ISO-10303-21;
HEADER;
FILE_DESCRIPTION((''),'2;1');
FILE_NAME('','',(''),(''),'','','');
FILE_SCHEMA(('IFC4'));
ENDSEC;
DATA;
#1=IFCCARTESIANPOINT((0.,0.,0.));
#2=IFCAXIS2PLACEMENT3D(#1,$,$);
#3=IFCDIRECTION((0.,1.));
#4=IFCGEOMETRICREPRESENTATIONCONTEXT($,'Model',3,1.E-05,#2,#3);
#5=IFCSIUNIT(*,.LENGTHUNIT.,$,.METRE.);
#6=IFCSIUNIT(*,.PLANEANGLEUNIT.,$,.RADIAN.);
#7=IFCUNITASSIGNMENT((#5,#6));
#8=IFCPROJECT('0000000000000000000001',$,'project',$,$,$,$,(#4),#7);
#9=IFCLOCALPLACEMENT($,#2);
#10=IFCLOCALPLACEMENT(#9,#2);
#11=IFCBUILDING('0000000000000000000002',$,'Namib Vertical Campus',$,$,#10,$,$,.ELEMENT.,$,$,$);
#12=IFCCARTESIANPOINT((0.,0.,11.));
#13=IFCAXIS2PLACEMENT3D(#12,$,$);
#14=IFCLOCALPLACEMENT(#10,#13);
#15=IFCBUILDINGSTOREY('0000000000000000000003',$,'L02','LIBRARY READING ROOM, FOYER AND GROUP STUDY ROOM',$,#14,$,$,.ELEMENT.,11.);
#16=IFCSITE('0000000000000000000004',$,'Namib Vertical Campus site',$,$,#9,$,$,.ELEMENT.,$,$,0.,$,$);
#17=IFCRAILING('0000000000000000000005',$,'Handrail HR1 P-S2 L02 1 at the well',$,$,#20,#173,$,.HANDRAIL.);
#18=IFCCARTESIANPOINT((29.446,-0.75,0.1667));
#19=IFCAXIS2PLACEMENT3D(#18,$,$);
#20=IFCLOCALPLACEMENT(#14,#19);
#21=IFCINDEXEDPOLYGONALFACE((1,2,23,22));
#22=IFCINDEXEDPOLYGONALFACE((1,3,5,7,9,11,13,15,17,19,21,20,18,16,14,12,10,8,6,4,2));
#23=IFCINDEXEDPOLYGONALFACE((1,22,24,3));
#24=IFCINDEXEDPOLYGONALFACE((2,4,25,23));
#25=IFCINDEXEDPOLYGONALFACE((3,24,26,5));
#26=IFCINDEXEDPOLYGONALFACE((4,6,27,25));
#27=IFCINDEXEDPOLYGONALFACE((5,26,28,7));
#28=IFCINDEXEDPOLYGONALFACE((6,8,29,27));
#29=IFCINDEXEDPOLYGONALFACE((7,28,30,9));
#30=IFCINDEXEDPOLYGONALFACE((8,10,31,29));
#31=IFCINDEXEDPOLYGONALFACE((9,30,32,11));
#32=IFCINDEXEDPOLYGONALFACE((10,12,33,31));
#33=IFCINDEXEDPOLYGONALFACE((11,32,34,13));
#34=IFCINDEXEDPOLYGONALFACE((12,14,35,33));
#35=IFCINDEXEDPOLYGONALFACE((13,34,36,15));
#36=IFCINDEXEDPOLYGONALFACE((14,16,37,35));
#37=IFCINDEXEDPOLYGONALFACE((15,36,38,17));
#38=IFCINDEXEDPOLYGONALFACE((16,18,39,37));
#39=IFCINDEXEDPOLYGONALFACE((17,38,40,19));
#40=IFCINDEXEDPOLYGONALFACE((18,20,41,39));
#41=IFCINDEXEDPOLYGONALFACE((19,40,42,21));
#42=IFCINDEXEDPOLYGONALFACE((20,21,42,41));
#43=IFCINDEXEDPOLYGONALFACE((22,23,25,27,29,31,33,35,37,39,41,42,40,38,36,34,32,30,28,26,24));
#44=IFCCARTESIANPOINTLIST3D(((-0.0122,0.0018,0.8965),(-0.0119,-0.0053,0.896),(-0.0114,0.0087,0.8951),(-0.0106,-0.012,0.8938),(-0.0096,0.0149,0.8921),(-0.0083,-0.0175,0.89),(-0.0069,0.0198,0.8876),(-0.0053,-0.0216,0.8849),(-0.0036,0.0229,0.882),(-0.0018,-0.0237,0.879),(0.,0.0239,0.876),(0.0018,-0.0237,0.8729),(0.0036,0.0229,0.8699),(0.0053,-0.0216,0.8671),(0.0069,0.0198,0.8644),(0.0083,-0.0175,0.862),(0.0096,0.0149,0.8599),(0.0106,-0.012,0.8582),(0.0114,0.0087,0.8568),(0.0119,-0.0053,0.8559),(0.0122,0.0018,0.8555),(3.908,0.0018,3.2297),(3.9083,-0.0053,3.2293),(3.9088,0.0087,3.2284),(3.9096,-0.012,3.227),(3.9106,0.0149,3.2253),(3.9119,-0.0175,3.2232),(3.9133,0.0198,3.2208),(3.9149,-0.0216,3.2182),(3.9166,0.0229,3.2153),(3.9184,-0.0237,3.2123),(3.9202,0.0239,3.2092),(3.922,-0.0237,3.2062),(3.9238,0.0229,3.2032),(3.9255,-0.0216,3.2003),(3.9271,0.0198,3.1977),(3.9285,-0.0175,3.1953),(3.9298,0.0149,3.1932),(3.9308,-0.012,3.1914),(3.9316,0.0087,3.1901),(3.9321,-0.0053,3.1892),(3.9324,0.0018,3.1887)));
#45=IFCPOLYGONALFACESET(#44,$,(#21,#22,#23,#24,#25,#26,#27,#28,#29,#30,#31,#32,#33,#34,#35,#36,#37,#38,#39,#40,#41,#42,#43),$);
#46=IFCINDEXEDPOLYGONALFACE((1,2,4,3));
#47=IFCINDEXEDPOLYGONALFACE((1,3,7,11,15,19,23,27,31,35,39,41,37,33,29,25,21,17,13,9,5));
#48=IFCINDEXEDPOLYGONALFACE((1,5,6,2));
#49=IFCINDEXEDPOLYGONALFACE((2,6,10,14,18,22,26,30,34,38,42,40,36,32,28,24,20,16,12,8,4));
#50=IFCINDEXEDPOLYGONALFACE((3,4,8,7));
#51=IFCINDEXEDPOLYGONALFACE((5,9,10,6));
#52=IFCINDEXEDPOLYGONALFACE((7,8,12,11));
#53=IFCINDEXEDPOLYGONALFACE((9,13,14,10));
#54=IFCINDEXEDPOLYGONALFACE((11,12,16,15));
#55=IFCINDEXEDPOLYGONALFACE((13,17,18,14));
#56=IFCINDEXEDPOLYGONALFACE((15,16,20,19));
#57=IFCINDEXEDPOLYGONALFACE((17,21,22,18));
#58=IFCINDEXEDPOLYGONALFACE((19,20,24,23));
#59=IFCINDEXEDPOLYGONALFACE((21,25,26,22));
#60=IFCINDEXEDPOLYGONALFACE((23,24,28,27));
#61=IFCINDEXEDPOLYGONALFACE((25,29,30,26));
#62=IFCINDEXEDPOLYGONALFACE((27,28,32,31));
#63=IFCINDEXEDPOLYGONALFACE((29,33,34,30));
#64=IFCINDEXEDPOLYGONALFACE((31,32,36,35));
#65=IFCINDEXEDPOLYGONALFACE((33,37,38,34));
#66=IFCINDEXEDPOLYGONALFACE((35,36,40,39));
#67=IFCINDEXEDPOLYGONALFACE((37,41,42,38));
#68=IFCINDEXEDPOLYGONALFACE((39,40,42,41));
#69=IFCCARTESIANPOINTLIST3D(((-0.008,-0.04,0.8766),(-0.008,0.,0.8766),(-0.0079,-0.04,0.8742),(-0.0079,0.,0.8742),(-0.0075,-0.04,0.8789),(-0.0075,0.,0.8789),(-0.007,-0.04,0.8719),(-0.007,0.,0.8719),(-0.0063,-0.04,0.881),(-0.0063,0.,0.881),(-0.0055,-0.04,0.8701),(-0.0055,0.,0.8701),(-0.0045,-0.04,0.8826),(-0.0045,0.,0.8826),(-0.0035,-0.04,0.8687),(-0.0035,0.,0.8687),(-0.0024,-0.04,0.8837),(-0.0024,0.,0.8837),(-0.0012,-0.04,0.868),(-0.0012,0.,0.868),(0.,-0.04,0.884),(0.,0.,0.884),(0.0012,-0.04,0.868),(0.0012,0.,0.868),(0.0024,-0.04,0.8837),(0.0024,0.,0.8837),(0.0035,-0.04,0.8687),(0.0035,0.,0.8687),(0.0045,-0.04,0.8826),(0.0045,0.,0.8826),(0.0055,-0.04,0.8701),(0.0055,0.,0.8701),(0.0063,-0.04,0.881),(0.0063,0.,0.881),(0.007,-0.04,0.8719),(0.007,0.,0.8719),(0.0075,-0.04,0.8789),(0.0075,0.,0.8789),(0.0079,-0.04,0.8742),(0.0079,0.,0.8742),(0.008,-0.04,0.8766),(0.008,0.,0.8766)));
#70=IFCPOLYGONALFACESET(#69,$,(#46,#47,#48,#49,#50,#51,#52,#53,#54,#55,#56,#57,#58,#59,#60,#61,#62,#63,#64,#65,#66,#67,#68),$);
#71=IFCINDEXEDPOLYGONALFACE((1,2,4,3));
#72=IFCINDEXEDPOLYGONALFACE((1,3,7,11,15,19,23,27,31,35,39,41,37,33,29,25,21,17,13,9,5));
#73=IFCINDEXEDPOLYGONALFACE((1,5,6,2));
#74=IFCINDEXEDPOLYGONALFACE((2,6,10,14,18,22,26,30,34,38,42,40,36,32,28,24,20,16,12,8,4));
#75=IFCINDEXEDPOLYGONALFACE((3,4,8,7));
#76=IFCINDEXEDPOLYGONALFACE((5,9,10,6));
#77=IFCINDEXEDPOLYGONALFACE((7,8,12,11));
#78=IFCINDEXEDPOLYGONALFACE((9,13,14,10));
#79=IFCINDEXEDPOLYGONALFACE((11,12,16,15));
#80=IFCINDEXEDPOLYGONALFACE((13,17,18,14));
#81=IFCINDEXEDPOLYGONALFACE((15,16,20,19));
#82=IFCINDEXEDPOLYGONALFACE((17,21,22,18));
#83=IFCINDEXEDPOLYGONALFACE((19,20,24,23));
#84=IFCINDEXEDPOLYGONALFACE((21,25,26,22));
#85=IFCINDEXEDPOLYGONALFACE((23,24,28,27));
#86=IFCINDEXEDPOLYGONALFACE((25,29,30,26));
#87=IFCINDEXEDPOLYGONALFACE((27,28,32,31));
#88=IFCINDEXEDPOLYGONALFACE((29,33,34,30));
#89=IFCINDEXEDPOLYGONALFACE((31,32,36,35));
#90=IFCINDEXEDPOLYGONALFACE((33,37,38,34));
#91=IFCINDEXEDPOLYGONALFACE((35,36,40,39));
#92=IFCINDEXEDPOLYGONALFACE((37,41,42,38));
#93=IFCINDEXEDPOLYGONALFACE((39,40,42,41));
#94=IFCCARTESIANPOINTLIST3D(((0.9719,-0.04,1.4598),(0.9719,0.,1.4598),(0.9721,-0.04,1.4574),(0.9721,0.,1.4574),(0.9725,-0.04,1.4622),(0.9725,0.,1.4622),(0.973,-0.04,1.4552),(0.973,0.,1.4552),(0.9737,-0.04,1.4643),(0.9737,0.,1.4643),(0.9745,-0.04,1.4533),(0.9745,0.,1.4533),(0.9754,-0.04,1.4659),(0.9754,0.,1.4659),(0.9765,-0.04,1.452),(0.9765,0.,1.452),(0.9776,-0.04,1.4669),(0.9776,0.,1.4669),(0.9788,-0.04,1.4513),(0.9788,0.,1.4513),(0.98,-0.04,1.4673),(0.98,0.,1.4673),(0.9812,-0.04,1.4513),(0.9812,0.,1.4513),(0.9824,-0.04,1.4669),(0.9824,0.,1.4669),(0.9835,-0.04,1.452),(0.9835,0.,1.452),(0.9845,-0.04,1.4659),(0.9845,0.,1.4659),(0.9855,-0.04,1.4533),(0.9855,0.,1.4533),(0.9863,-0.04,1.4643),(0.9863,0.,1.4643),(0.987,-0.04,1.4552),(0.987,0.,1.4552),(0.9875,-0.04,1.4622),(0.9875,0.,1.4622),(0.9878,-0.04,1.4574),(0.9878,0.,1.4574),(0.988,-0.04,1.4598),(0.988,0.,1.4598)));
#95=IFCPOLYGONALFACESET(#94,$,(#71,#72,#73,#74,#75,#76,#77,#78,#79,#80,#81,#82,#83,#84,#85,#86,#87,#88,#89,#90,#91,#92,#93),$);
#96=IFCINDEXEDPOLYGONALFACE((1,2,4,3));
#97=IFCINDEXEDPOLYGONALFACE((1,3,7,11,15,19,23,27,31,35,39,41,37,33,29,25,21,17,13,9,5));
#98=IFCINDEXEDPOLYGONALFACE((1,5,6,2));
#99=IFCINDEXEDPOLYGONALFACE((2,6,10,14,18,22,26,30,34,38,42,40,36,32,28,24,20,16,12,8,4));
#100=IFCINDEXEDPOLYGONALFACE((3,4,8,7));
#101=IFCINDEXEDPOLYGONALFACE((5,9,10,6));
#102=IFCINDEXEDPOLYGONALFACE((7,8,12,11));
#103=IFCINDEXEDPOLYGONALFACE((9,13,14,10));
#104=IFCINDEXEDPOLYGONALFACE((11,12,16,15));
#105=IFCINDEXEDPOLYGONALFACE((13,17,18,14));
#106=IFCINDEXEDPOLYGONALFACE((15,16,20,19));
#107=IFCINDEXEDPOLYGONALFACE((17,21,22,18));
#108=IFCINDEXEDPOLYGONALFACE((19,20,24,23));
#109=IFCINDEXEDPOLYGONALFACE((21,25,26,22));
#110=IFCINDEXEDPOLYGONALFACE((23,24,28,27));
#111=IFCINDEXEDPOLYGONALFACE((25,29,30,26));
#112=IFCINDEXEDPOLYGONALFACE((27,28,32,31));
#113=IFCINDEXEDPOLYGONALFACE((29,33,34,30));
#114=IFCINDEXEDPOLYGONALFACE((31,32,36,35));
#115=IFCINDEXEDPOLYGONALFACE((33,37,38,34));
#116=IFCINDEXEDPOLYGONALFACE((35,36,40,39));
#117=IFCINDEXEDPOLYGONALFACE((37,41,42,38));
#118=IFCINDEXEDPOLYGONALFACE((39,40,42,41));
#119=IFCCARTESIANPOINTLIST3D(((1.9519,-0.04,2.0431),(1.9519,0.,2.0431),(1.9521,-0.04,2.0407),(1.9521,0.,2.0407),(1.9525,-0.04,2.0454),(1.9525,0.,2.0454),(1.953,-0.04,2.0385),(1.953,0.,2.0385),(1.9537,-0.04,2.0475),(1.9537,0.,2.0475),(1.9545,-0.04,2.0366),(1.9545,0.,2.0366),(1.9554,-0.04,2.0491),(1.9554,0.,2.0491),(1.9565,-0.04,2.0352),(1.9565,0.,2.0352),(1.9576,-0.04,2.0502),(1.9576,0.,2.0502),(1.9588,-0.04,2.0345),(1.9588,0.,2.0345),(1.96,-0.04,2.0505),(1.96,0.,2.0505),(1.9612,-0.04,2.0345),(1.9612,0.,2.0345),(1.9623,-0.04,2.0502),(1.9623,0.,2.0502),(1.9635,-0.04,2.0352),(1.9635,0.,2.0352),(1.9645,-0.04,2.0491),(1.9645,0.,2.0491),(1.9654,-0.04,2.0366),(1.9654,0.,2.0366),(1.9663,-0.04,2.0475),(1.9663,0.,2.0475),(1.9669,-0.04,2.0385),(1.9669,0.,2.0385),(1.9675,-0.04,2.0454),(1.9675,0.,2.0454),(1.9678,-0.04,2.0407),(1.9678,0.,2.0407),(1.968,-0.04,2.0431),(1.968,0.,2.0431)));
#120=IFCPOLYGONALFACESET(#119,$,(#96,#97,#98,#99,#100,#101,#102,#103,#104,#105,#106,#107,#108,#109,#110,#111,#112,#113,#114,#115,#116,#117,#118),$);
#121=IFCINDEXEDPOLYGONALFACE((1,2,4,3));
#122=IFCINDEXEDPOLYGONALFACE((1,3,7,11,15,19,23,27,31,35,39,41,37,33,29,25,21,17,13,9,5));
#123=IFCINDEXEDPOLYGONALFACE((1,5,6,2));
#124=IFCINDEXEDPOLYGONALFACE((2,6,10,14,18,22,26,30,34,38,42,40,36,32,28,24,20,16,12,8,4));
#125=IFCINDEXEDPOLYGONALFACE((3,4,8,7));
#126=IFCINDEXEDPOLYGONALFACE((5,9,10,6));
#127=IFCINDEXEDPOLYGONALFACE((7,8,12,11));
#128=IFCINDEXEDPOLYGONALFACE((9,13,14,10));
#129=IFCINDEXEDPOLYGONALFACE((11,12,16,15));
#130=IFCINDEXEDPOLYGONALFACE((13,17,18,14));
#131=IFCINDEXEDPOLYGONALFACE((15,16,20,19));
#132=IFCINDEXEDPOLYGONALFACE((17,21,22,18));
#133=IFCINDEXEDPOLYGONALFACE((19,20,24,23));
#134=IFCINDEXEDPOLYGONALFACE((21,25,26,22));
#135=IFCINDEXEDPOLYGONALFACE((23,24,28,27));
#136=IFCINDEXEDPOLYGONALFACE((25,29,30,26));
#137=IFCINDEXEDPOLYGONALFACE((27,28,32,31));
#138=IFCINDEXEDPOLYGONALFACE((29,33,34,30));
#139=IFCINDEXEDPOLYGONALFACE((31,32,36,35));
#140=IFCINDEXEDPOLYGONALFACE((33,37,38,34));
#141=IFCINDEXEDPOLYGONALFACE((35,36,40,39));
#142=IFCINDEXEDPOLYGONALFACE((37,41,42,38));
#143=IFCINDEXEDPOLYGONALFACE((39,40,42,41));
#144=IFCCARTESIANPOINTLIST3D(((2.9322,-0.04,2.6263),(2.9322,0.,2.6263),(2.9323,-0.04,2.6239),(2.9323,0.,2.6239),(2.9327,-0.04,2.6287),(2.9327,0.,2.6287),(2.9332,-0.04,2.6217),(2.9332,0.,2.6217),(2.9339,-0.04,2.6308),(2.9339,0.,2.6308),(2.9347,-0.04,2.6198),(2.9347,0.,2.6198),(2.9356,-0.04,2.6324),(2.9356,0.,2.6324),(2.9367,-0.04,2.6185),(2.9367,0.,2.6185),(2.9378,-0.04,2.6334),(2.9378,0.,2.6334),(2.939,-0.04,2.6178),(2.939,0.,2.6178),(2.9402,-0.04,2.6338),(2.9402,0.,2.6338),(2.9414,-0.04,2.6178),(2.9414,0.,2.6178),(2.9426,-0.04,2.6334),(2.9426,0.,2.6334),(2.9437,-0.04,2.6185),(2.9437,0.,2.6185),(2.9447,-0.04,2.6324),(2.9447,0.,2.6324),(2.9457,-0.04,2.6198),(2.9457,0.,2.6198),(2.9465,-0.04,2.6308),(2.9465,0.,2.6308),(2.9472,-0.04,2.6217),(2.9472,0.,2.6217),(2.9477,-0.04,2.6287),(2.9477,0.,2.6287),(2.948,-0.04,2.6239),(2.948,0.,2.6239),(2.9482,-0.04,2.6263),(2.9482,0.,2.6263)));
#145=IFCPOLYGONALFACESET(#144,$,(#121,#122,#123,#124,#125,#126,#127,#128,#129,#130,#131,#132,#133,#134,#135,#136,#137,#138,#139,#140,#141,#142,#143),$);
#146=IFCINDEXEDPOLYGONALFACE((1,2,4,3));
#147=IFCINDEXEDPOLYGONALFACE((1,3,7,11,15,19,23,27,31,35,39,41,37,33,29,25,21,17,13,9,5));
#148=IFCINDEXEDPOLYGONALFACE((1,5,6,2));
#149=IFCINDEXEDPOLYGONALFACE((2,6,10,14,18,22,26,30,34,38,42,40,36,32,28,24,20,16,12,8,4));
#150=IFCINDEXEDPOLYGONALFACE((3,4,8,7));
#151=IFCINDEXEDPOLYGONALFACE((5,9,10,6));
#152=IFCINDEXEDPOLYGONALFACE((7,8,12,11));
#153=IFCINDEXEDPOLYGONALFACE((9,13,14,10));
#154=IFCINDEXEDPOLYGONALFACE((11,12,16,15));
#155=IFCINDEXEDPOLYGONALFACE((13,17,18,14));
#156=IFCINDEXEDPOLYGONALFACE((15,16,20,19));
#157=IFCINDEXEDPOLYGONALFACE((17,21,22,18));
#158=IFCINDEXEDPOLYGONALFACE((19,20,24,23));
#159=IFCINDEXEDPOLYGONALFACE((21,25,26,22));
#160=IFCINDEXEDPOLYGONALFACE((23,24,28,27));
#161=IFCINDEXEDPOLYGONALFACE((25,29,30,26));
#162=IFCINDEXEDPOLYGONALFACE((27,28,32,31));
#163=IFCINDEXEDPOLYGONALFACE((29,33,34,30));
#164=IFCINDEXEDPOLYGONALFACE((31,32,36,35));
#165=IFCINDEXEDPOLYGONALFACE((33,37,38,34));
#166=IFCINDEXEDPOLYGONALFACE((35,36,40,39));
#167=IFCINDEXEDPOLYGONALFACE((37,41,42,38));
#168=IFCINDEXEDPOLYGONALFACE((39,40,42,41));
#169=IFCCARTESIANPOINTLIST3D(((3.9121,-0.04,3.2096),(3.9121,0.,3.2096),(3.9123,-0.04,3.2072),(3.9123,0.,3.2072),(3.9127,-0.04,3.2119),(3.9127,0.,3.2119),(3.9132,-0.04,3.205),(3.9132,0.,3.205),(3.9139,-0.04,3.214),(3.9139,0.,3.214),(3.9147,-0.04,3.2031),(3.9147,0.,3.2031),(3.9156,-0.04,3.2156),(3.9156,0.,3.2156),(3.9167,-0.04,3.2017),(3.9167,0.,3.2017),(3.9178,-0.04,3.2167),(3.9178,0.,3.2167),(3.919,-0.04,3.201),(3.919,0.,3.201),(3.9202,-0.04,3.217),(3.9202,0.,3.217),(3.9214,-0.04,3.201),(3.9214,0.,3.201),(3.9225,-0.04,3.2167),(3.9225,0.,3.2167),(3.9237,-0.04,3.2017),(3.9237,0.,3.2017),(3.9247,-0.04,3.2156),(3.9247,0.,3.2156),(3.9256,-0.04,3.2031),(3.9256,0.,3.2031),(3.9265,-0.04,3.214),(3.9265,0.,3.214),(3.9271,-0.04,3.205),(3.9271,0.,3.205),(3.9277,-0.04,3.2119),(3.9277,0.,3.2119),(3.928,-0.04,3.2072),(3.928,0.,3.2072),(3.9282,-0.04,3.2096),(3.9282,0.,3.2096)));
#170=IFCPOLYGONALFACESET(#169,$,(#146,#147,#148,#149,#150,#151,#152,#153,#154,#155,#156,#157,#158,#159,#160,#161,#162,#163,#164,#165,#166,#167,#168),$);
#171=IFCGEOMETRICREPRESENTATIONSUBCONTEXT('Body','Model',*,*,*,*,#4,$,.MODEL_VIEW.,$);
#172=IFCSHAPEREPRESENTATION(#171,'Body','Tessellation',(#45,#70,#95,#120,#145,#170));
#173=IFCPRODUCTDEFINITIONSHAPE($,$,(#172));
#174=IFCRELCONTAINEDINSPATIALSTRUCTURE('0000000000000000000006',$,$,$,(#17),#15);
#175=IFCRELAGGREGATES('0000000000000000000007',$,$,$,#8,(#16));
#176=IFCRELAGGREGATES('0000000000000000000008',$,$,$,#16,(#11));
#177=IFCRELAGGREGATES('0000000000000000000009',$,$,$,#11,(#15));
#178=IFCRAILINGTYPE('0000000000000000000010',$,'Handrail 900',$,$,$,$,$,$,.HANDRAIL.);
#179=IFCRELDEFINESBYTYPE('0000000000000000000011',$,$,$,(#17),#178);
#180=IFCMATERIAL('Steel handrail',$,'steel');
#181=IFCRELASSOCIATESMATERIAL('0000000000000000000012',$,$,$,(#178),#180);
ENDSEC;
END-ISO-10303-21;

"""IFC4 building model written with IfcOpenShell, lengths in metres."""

from ifc_helpers import new_model, si_unit, direction, frame, origin, origin_2d, place, context, subcontext, project, spatial, circle, extrude, material, type_object, element, save


model = new_model("IFC4")

# Units and contexts
model_context = context("Model", 3, precision=1e-05, world=origin(), true_north=direction((0.0, 1.0)))
body_context = subcontext(model_context, "Body", "Model", "MODEL_VIEW")
ifc_project = project(units=[si_unit("LENGTHUNIT", "METRE"), si_unit("PLANEANGLEUNIT", "RADIAN")], contexts=[model_context])

# Site, building, storey
site_placement = place(None, origin())
site = spatial("IfcSite", under=ifc_project, at=site_placement, Name="Namib Vertical Campus site", CompositionType="ELEMENT", RefElevation=0.0)
building_placement = place(site_placement, origin())
building = spatial("IfcBuilding", under=site, at=building_placement, Name="Namib Vertical Campus", CompositionType="ELEMENT")
storey_placement = place(building_placement, frame((0.0, 0.0, 11.0)))
storey = spatial("IfcBuildingStorey", under=building, at=storey_placement, Name="L02", Description="LIBRARY READING ROOM, FOYER AND GROUP STUDY ROOM", CompositionType="ELEMENT", Elevation=11.0)

# Railing
ifc_material_1 = material(Name="Steel handrail", Category="steel")
railing_type_1 = type_object("IfcRailingType", Name="Handrail 900", PredefinedType="HANDRAIL", material=ifc_material_1)
railing_1_placement = place(storey_placement, frame((29.446, -0.75, 0.1667)))
element("IfcRailing", 1, at=railing_1_placement, inside=storey, type_object=railing_type_1, Name="Handrail HR1 P-S2 L02 1 at the well", PredefinedType="HANDRAIL", context=body_context, shape_type="SweptSolid", body=[
    extrude(circle(Radius=0.0239, at=origin_2d()), frame((0.0, 0.0, 0.876), z_axis=(0.85931, 0.0, 0.511455), x_axis=(0.0, 1.0, 0.0)), (0.0, 0.0, 1.0), 4.562),
    extrude(circle(Radius=0.0081, at=origin_2d()), frame((0.0, 0.0, 0.876), z_axis=(0.0, -1.0, 0.0), x_axis=(0.0, 0.0, 1.0)), (0.0, 0.0, 1.0), 0.04),
    extrude(circle(Radius=0.0081, at=origin_2d()), frame((0.98, 0.0, 1.4592), z_axis=(0.0, -1.0, 0.0), x_axis=(0.0, 0.0, 1.0)), (0.0, 0.0, 1.0), 0.04),
    extrude(circle(Radius=0.0081, at=origin_2d()), frame((1.96, 0.0, 2.0425), z_axis=(0.0, -1.0, 0.0), x_axis=(0.0, 0.0, 1.0)), (0.0, 0.0, 1.0), 0.04),
    extrude(circle(Radius=0.0081, at=origin_2d()), frame((2.9402, 0.0, 2.6257), z_axis=(0.0, -1.0, 0.0), x_axis=(0.0, 0.0, 1.0)), (0.0, 0.0, 1.0), 0.04),
    extrude(circle(Radius=0.0081, at=origin_2d()), frame((3.9202, 0.0, 3.209), z_axis=(0.0, -1.0, 0.0), x_axis=(0.0, 0.0, 1.0)), (0.0, 0.0, 1.0), 0.04),
])

save(model, "model.ifc")
